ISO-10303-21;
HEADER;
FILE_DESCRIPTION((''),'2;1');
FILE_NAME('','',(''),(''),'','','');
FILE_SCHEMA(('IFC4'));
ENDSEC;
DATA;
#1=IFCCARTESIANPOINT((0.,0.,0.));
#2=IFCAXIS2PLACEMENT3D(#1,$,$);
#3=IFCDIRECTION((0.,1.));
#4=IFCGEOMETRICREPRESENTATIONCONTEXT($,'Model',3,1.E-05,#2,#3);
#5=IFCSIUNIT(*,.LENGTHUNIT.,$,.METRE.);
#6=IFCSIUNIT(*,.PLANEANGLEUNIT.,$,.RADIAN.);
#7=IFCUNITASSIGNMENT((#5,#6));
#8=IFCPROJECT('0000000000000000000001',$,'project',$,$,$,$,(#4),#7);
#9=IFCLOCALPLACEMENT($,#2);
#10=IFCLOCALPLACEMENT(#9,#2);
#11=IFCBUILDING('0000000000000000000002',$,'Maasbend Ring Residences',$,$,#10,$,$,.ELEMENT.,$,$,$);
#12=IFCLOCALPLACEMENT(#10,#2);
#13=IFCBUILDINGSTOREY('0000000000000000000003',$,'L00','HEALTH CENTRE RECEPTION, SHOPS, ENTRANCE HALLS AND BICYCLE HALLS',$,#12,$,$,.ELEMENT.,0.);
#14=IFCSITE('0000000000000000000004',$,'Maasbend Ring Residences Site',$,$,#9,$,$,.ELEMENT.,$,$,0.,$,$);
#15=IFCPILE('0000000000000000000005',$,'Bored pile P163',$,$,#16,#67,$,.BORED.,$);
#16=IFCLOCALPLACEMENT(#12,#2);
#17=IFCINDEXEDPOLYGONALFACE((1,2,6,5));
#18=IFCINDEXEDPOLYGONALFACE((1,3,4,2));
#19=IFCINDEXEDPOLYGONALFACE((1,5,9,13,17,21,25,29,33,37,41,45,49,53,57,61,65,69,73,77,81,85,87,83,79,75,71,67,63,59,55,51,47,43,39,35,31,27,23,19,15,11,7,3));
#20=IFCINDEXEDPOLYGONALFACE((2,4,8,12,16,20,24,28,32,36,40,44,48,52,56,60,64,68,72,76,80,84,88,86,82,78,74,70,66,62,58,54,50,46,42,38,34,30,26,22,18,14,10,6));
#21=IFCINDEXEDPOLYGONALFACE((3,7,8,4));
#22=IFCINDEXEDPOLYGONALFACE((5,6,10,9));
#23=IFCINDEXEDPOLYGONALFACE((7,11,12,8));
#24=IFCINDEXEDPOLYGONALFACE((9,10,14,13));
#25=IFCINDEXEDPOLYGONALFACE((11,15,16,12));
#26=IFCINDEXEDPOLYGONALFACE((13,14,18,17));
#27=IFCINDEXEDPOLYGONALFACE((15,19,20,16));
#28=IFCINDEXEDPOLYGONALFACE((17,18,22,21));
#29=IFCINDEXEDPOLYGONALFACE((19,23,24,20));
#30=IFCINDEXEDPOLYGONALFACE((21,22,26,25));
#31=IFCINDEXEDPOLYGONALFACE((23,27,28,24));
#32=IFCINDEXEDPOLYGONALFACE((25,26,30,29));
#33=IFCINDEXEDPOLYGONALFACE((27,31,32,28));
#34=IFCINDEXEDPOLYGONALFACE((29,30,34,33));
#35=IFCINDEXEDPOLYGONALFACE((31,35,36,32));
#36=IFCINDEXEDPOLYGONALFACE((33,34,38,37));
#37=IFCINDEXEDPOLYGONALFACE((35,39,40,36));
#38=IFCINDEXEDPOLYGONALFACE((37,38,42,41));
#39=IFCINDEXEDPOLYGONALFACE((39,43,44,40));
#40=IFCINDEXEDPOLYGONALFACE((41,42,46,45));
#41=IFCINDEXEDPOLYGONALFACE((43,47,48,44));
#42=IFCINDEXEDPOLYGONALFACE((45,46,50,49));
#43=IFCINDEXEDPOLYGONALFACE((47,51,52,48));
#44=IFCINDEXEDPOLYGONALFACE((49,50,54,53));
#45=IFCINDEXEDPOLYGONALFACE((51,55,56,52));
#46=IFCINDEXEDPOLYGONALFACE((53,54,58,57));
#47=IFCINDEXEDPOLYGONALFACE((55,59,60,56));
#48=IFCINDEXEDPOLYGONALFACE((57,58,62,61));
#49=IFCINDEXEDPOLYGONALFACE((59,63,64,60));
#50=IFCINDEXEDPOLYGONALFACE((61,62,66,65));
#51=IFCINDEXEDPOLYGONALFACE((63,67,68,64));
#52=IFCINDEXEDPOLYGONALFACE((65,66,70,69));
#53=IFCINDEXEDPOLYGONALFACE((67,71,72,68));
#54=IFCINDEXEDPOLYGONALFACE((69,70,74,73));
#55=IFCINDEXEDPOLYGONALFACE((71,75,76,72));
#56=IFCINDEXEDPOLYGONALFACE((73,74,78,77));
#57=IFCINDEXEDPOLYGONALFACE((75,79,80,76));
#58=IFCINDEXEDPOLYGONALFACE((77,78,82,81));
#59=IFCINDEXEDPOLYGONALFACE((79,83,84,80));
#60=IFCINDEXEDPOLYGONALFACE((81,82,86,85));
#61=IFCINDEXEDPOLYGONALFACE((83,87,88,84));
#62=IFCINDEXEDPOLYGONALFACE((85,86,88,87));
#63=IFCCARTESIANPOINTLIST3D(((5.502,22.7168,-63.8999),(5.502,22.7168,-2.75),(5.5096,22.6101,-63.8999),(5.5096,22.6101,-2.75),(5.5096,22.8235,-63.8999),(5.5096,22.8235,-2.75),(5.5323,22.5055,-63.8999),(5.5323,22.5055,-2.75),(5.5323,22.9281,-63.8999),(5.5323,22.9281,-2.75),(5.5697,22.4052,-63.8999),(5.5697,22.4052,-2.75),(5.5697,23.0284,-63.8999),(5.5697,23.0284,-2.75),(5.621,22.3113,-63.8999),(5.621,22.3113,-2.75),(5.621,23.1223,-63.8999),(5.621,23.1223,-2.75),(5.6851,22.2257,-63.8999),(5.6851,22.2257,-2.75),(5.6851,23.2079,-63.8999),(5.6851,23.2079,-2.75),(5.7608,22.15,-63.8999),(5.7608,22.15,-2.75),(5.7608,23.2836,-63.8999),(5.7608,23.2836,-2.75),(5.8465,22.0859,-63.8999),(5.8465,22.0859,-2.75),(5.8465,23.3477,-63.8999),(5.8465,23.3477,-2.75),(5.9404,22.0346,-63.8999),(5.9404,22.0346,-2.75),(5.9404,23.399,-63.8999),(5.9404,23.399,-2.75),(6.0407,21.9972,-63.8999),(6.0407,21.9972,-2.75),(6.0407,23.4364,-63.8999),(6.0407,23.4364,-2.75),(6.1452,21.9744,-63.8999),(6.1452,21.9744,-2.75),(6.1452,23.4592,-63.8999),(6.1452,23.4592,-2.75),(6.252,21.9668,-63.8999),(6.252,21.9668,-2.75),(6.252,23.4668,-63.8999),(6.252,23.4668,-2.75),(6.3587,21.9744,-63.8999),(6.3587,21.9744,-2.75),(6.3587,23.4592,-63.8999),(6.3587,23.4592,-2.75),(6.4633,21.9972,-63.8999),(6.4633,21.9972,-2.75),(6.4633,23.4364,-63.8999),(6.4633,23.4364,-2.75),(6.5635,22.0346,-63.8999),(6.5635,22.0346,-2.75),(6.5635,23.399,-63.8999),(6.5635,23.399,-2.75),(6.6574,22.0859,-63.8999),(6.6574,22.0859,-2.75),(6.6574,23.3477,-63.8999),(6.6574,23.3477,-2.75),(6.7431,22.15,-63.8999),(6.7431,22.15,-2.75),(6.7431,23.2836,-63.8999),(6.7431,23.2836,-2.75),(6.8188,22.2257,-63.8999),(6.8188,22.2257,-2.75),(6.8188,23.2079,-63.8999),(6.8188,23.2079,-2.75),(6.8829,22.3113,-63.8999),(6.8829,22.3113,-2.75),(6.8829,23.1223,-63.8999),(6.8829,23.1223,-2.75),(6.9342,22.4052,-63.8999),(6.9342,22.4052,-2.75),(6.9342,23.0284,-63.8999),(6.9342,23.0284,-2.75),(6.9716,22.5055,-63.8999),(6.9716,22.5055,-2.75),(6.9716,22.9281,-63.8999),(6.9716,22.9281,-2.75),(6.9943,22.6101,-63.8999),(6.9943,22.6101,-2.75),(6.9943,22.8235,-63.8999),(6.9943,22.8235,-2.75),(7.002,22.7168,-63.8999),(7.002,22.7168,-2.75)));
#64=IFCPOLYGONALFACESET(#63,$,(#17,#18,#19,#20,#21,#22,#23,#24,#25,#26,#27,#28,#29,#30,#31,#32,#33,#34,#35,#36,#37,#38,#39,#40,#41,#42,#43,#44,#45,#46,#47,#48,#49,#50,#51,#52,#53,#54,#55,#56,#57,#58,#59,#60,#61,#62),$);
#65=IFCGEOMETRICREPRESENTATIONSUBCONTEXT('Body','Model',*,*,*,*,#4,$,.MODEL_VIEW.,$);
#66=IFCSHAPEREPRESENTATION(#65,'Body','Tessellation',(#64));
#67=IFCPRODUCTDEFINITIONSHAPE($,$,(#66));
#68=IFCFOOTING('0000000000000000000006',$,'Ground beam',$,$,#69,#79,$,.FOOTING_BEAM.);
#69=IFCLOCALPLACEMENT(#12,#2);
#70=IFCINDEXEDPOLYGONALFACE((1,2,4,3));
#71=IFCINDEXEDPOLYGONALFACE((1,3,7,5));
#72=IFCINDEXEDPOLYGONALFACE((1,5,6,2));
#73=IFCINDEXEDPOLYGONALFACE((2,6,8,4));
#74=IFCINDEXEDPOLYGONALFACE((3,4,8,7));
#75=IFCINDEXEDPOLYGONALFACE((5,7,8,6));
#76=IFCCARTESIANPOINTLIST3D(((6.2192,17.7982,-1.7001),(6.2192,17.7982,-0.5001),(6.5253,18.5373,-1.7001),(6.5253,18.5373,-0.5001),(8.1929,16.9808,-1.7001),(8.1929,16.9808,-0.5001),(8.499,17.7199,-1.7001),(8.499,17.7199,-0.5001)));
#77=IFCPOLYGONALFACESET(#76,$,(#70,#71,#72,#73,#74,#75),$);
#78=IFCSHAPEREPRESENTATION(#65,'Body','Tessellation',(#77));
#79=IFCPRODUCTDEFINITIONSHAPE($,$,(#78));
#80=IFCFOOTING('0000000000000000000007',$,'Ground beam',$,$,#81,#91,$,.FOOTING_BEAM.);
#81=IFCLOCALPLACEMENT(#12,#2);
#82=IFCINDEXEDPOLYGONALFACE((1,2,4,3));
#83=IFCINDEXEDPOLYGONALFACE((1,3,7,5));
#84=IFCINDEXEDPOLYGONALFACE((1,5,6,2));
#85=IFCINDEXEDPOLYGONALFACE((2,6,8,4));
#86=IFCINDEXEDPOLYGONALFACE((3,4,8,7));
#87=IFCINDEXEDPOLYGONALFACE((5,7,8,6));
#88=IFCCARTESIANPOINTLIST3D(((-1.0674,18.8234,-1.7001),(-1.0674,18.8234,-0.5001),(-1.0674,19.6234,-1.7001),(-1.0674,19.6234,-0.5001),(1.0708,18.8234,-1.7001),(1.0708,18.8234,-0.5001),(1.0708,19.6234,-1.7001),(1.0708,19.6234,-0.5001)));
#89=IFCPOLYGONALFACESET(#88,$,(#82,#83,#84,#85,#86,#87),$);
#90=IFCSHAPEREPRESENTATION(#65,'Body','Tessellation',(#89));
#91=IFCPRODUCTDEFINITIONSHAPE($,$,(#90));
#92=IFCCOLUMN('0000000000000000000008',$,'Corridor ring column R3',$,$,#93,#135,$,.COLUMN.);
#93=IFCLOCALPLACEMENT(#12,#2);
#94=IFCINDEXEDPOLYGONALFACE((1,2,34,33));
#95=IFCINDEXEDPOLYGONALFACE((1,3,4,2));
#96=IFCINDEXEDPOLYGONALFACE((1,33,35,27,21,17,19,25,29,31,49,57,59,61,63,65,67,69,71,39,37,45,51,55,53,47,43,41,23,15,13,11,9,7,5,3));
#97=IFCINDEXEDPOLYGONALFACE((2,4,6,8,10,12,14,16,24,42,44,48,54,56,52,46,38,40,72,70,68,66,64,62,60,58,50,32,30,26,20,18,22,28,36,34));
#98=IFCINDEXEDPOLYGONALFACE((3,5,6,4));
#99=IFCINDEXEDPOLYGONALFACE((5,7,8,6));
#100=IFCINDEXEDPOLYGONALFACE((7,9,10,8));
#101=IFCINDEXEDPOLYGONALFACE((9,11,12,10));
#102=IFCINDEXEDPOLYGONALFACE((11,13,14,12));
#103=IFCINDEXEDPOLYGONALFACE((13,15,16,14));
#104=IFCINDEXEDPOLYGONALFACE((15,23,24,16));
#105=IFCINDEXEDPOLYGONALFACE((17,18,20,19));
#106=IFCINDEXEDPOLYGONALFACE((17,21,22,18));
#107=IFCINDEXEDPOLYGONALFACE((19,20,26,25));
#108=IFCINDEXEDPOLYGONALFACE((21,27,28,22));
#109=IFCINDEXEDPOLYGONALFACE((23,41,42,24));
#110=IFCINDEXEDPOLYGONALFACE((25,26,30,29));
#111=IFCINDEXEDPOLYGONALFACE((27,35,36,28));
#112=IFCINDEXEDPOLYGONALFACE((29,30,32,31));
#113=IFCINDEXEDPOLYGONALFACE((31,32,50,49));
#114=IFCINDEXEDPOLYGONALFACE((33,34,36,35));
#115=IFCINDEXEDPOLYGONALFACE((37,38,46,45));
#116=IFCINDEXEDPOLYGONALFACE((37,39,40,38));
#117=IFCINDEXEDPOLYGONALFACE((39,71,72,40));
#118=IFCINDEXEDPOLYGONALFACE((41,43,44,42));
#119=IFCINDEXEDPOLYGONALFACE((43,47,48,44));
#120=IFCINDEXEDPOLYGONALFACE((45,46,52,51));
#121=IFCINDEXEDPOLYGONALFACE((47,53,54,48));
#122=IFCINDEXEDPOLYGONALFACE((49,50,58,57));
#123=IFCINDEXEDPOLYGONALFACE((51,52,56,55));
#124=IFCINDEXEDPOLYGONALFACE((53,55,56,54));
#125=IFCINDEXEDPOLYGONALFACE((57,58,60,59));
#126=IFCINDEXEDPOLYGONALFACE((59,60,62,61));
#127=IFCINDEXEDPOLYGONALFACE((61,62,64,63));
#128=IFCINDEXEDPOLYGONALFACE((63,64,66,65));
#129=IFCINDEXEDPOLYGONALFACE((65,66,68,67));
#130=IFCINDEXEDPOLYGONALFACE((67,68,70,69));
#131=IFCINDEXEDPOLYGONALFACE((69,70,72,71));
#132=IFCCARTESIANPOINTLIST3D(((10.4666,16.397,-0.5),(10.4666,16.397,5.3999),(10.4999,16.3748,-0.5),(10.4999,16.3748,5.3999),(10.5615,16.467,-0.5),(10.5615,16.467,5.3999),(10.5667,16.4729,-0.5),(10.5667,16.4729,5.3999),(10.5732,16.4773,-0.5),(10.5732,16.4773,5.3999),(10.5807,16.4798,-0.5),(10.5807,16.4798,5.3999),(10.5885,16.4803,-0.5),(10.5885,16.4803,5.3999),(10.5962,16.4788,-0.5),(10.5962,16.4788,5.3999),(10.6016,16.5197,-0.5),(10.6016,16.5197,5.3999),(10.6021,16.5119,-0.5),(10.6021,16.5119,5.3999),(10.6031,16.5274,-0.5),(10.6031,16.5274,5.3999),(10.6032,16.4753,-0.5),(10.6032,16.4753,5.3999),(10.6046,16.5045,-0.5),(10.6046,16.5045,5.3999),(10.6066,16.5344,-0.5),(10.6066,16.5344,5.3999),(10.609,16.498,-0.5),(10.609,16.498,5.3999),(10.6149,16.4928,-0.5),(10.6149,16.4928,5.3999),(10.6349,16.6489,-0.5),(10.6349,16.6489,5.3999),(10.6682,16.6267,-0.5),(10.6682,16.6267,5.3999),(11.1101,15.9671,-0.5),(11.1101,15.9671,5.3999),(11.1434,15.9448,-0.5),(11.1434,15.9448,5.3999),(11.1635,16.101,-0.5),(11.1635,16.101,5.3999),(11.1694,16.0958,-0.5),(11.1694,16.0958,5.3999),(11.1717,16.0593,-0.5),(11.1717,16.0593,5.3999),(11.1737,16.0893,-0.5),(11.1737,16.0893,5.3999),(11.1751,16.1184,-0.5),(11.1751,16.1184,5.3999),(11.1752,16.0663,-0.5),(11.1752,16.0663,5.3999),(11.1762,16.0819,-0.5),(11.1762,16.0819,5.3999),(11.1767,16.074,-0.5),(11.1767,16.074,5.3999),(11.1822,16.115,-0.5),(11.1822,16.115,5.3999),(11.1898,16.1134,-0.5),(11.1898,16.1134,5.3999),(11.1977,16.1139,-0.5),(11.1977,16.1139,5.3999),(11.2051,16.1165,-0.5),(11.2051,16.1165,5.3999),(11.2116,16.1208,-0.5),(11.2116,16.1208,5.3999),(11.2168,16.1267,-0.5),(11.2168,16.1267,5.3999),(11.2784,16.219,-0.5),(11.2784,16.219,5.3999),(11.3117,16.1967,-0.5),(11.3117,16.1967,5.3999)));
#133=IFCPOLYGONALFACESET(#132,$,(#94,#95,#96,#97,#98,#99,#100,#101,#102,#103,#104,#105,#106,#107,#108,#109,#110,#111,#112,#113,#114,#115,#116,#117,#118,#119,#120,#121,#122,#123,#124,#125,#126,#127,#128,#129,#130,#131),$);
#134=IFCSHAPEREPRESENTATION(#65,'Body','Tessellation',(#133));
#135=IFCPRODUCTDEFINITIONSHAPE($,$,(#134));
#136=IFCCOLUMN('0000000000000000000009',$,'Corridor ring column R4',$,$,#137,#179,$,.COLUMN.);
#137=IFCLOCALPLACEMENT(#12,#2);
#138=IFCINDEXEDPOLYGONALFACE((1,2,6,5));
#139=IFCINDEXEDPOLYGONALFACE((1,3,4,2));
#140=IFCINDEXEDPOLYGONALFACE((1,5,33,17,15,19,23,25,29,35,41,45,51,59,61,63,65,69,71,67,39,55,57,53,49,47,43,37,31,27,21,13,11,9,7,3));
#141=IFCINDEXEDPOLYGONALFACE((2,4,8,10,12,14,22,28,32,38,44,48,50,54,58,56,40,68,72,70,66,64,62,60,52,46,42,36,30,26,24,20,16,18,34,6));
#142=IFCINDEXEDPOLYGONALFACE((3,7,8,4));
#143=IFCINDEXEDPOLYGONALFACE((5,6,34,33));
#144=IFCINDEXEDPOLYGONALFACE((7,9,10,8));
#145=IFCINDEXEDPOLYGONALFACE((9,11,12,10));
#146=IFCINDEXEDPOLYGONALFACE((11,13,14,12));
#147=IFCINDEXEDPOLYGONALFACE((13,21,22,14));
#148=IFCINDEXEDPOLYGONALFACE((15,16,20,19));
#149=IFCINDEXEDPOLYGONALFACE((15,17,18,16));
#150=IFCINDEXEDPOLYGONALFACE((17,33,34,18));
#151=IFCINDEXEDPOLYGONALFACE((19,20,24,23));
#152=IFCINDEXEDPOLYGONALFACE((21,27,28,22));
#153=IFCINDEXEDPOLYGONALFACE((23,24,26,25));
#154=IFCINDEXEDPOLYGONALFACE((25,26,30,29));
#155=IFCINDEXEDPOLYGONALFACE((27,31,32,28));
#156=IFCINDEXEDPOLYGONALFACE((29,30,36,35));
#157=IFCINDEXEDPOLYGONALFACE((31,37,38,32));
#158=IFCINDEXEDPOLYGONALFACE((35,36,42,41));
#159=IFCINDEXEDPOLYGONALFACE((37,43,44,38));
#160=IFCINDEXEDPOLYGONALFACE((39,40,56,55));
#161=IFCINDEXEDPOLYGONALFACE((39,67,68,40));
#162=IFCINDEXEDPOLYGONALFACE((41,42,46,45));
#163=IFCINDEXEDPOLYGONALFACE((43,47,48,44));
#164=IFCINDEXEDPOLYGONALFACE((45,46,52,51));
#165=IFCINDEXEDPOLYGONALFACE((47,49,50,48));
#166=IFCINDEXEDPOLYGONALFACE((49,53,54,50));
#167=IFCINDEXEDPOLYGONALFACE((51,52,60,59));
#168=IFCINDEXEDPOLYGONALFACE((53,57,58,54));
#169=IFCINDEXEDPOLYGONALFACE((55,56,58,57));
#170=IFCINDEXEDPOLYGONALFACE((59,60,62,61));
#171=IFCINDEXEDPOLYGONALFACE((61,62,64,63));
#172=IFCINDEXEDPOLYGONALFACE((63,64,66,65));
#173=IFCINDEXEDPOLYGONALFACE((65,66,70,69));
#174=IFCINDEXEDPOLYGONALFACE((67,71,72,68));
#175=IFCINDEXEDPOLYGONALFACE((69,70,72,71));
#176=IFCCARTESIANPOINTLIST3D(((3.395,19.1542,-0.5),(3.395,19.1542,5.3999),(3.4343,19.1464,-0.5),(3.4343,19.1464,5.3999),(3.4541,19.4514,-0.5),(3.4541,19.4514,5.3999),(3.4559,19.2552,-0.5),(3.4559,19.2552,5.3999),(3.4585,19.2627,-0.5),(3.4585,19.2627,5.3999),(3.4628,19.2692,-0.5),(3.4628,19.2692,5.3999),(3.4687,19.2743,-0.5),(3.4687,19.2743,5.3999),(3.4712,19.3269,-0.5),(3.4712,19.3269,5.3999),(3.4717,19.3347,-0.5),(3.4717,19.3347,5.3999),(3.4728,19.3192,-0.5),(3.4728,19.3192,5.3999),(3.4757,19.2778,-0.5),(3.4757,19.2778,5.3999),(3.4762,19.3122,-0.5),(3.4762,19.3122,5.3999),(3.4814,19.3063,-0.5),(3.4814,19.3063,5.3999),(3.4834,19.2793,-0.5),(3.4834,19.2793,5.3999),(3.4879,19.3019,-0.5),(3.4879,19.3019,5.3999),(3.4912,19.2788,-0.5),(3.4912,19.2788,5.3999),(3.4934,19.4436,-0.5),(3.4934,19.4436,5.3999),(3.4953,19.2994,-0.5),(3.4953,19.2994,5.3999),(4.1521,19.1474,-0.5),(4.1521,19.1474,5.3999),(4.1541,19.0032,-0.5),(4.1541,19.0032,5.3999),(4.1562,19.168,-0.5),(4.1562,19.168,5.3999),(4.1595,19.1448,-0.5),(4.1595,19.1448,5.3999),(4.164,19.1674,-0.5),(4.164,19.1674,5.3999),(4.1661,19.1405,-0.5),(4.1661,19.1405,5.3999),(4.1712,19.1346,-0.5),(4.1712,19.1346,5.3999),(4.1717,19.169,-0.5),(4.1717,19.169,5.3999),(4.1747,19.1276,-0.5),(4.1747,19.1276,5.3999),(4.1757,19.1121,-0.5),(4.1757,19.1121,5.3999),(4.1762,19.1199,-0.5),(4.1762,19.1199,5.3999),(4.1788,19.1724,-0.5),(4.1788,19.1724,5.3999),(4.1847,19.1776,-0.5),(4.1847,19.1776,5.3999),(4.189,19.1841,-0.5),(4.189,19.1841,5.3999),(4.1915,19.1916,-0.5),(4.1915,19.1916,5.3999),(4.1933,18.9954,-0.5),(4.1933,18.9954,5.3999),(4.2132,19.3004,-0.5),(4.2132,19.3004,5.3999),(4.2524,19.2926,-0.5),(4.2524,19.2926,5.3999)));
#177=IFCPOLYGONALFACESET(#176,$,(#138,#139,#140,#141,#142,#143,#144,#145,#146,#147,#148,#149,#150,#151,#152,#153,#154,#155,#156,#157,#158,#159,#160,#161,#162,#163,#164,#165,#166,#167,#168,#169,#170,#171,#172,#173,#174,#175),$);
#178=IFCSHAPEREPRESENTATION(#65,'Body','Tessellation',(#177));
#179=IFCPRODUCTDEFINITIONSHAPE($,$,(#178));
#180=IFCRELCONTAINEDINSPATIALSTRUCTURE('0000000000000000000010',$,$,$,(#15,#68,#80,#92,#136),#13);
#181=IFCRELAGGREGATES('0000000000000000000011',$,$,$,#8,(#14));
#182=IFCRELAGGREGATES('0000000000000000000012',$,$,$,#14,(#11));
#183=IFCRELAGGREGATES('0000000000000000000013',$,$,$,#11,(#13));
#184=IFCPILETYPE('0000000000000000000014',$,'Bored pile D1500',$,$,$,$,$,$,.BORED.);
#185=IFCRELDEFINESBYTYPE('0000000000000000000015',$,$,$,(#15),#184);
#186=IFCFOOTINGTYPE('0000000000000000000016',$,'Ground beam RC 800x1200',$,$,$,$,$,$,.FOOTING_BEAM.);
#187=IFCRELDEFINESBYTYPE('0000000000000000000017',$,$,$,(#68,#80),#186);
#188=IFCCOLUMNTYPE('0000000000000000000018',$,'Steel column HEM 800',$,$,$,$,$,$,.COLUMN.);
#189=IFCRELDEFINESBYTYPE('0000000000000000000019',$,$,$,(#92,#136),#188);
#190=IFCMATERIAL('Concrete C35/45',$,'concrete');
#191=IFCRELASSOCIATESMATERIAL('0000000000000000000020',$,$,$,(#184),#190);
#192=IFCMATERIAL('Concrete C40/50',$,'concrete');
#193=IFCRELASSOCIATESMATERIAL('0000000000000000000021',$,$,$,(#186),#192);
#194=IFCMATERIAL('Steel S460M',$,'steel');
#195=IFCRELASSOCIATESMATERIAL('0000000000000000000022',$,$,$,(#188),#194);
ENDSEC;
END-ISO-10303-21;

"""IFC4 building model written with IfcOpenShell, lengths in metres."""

from ifc_helpers import new_model, si_unit, direction, frame, origin, origin_2d, place, context, subcontext, project, spatial, rectangle, circle, i_section, extrude, material, material_profile, profile_set, type_object, element, save


model = new_model("IFC4")

# Units and contexts
model_context = context("Model", 3, precision=1e-05, world=origin(), true_north=direction((0.0, 1.0)))
body_context = subcontext(model_context, "Body", "Model", "MODEL_VIEW")
ifc_project = project(units=[si_unit("LENGTHUNIT", "METRE"), si_unit("PLANEANGLEUNIT", "RADIAN")], contexts=[model_context])

# Site, building, storey
site_placement = place(None, origin())
site = spatial("IfcSite", under=ifc_project, at=site_placement, Name="Maasbend Ring Residences Site", CompositionType="ELEMENT", RefElevation=0.0)
building_placement = place(site_placement, origin())
building = spatial("IfcBuilding", under=site, at=building_placement, Name="Maasbend Ring Residences", CompositionType="ELEMENT")
storey_placement = place(building_placement, origin())
storey = spatial("IfcBuildingStorey", under=building, at=storey_placement, Name="L00", Description="HEALTH CENTRE RECEPTION, SHOPS, ENTRANCE HALLS AND BICYCLE HALLS", CompositionType="ELEMENT", Elevation=0.0)

# Pile
ifc_material_1 = material(Name="Concrete C35/45", Category="concrete")
ifc_material_profile_1 = material_profile(ifc_material_1, circle(Radius=0.75, at=origin_2d()), Name="Bored pile D1500")
ifc_profile_set_1 = profile_set([ifc_material_profile_1], Name="Concrete C35/45")
pile_type = type_object("IfcPileType", Name="Bored pile D1500", PredefinedType="BORED", material=ifc_profile_set_1)
for number, where, z_axis, x_axis, name in (
    (1, (6.252, 22.7168, -2.75), (0.0, 0.0, -1.0), (1.0, 0.0, 0.0), "Bored pile P163"),
):
    element("IfcPile", number, at=place(storey_placement, frame(where, z_axis=z_axis, x_axis=x_axis)), inside=storey, type_object=pile_type, Name=name, PredefinedType="BORED", context=body_context, shape_type="SweptSolid", body=[
        extrude(circle(Radius=0.75, at=origin_2d()), origin(), (0.0, 0.0, 1.0), 61.1499),
    ])

# Footings
ifc_material_2 = material(Name="Concrete C40/50", Category="concrete")
ifc_material_profile_2 = material_profile(ifc_material_2, rectangle(XDim=0.8, YDim=1.2, at=origin_2d()), Name="Ground beam RC 800x1200")
ifc_profile_set_2 = profile_set([ifc_material_profile_2], Name="Concrete C40/50")
footing_type = type_object("IfcFootingType", Name="Ground beam RC 800x1200", PredefinedType="FOOTING_BEAM", material=ifc_profile_set_2)
footing_1_placement = place(storey_placement, frame((8.3459, 17.3503, -1.1001), z_axis=(-0.9239, 0.382634, 0.0), x_axis=(-0.382634, -0.9239, 0.0)))
element("IfcFooting", 2, at=footing_1_placement, inside=storey, type_object=footing_type, Name="Ground beam", PredefinedType="FOOTING_BEAM", context=body_context, shape_type="SweptSolid", body=[
    extrude(rectangle(XDim=0.8, YDim=1.2, at=origin_2d()), origin(), (0.0, 0.0, 1.0), 2.1362),
])
footing_2_placement = place(storey_placement, frame((1.0708, 19.2234, -1.1001), z_axis=(-1.0, 0.0, 0.0), x_axis=(0.0, -1.0, 0.0)))
element("IfcFooting", 3, at=footing_2_placement, inside=storey, type_object=footing_type, Name="Ground beam", PredefinedType="FOOTING_BEAM", context=body_context, shape_type="SweptSolid", body=[
    extrude(rectangle(XDim=0.8, YDim=1.2, at=origin_2d()), origin(), (0.0, 0.0, 1.0), 2.1382),
])

# Columns
ifc_material_3 = material(Name="Steel S460M", Category="steel")
ifc_material_profile_3 = material_profile(ifc_material_3, i_section(OverallWidth=0.303, OverallDepth=0.814, WebThickness=0.021, FlangeThickness=0.04, FilletRadius=0.03, at=origin_2d()), Name="HEM 800")
ifc_profile_set_3 = profile_set([ifc_material_profile_3], Name="Steel S460M")
column_type = type_object("IfcColumnType", Name="Steel column HEM 800", PredefinedType="COLUMN", material=ifc_profile_set_3)
for number, where, z_axis, x_axis, name in (
    (4, (10.8892, 16.2969, -0.5), (0.0, 0.0, 1.0), (0.55557, 0.83147, 0.0), "Corridor ring column R3"),
    (5, (3.8237, 19.2234, -0.5), (0.0, 0.0, 1.0), (0.19509, 0.980785, 0.0), "Corridor ring column R4"),
):
    element("IfcColumn", number, at=place(storey_placement, frame(where, z_axis=z_axis, x_axis=x_axis)), inside=storey, type_object=column_type, Name=name, PredefinedType="COLUMN", context=body_context, shape_type="SweptSolid", body=[
        extrude(i_section(OverallWidth=0.303, OverallDepth=0.814, WebThickness=0.021, FlangeThickness=0.04, FilletRadius=0.03, at=origin_2d()), origin(), (0.0, 0.0, 1.0), 5.8999),
    ])

save(model, "model.ifc")
